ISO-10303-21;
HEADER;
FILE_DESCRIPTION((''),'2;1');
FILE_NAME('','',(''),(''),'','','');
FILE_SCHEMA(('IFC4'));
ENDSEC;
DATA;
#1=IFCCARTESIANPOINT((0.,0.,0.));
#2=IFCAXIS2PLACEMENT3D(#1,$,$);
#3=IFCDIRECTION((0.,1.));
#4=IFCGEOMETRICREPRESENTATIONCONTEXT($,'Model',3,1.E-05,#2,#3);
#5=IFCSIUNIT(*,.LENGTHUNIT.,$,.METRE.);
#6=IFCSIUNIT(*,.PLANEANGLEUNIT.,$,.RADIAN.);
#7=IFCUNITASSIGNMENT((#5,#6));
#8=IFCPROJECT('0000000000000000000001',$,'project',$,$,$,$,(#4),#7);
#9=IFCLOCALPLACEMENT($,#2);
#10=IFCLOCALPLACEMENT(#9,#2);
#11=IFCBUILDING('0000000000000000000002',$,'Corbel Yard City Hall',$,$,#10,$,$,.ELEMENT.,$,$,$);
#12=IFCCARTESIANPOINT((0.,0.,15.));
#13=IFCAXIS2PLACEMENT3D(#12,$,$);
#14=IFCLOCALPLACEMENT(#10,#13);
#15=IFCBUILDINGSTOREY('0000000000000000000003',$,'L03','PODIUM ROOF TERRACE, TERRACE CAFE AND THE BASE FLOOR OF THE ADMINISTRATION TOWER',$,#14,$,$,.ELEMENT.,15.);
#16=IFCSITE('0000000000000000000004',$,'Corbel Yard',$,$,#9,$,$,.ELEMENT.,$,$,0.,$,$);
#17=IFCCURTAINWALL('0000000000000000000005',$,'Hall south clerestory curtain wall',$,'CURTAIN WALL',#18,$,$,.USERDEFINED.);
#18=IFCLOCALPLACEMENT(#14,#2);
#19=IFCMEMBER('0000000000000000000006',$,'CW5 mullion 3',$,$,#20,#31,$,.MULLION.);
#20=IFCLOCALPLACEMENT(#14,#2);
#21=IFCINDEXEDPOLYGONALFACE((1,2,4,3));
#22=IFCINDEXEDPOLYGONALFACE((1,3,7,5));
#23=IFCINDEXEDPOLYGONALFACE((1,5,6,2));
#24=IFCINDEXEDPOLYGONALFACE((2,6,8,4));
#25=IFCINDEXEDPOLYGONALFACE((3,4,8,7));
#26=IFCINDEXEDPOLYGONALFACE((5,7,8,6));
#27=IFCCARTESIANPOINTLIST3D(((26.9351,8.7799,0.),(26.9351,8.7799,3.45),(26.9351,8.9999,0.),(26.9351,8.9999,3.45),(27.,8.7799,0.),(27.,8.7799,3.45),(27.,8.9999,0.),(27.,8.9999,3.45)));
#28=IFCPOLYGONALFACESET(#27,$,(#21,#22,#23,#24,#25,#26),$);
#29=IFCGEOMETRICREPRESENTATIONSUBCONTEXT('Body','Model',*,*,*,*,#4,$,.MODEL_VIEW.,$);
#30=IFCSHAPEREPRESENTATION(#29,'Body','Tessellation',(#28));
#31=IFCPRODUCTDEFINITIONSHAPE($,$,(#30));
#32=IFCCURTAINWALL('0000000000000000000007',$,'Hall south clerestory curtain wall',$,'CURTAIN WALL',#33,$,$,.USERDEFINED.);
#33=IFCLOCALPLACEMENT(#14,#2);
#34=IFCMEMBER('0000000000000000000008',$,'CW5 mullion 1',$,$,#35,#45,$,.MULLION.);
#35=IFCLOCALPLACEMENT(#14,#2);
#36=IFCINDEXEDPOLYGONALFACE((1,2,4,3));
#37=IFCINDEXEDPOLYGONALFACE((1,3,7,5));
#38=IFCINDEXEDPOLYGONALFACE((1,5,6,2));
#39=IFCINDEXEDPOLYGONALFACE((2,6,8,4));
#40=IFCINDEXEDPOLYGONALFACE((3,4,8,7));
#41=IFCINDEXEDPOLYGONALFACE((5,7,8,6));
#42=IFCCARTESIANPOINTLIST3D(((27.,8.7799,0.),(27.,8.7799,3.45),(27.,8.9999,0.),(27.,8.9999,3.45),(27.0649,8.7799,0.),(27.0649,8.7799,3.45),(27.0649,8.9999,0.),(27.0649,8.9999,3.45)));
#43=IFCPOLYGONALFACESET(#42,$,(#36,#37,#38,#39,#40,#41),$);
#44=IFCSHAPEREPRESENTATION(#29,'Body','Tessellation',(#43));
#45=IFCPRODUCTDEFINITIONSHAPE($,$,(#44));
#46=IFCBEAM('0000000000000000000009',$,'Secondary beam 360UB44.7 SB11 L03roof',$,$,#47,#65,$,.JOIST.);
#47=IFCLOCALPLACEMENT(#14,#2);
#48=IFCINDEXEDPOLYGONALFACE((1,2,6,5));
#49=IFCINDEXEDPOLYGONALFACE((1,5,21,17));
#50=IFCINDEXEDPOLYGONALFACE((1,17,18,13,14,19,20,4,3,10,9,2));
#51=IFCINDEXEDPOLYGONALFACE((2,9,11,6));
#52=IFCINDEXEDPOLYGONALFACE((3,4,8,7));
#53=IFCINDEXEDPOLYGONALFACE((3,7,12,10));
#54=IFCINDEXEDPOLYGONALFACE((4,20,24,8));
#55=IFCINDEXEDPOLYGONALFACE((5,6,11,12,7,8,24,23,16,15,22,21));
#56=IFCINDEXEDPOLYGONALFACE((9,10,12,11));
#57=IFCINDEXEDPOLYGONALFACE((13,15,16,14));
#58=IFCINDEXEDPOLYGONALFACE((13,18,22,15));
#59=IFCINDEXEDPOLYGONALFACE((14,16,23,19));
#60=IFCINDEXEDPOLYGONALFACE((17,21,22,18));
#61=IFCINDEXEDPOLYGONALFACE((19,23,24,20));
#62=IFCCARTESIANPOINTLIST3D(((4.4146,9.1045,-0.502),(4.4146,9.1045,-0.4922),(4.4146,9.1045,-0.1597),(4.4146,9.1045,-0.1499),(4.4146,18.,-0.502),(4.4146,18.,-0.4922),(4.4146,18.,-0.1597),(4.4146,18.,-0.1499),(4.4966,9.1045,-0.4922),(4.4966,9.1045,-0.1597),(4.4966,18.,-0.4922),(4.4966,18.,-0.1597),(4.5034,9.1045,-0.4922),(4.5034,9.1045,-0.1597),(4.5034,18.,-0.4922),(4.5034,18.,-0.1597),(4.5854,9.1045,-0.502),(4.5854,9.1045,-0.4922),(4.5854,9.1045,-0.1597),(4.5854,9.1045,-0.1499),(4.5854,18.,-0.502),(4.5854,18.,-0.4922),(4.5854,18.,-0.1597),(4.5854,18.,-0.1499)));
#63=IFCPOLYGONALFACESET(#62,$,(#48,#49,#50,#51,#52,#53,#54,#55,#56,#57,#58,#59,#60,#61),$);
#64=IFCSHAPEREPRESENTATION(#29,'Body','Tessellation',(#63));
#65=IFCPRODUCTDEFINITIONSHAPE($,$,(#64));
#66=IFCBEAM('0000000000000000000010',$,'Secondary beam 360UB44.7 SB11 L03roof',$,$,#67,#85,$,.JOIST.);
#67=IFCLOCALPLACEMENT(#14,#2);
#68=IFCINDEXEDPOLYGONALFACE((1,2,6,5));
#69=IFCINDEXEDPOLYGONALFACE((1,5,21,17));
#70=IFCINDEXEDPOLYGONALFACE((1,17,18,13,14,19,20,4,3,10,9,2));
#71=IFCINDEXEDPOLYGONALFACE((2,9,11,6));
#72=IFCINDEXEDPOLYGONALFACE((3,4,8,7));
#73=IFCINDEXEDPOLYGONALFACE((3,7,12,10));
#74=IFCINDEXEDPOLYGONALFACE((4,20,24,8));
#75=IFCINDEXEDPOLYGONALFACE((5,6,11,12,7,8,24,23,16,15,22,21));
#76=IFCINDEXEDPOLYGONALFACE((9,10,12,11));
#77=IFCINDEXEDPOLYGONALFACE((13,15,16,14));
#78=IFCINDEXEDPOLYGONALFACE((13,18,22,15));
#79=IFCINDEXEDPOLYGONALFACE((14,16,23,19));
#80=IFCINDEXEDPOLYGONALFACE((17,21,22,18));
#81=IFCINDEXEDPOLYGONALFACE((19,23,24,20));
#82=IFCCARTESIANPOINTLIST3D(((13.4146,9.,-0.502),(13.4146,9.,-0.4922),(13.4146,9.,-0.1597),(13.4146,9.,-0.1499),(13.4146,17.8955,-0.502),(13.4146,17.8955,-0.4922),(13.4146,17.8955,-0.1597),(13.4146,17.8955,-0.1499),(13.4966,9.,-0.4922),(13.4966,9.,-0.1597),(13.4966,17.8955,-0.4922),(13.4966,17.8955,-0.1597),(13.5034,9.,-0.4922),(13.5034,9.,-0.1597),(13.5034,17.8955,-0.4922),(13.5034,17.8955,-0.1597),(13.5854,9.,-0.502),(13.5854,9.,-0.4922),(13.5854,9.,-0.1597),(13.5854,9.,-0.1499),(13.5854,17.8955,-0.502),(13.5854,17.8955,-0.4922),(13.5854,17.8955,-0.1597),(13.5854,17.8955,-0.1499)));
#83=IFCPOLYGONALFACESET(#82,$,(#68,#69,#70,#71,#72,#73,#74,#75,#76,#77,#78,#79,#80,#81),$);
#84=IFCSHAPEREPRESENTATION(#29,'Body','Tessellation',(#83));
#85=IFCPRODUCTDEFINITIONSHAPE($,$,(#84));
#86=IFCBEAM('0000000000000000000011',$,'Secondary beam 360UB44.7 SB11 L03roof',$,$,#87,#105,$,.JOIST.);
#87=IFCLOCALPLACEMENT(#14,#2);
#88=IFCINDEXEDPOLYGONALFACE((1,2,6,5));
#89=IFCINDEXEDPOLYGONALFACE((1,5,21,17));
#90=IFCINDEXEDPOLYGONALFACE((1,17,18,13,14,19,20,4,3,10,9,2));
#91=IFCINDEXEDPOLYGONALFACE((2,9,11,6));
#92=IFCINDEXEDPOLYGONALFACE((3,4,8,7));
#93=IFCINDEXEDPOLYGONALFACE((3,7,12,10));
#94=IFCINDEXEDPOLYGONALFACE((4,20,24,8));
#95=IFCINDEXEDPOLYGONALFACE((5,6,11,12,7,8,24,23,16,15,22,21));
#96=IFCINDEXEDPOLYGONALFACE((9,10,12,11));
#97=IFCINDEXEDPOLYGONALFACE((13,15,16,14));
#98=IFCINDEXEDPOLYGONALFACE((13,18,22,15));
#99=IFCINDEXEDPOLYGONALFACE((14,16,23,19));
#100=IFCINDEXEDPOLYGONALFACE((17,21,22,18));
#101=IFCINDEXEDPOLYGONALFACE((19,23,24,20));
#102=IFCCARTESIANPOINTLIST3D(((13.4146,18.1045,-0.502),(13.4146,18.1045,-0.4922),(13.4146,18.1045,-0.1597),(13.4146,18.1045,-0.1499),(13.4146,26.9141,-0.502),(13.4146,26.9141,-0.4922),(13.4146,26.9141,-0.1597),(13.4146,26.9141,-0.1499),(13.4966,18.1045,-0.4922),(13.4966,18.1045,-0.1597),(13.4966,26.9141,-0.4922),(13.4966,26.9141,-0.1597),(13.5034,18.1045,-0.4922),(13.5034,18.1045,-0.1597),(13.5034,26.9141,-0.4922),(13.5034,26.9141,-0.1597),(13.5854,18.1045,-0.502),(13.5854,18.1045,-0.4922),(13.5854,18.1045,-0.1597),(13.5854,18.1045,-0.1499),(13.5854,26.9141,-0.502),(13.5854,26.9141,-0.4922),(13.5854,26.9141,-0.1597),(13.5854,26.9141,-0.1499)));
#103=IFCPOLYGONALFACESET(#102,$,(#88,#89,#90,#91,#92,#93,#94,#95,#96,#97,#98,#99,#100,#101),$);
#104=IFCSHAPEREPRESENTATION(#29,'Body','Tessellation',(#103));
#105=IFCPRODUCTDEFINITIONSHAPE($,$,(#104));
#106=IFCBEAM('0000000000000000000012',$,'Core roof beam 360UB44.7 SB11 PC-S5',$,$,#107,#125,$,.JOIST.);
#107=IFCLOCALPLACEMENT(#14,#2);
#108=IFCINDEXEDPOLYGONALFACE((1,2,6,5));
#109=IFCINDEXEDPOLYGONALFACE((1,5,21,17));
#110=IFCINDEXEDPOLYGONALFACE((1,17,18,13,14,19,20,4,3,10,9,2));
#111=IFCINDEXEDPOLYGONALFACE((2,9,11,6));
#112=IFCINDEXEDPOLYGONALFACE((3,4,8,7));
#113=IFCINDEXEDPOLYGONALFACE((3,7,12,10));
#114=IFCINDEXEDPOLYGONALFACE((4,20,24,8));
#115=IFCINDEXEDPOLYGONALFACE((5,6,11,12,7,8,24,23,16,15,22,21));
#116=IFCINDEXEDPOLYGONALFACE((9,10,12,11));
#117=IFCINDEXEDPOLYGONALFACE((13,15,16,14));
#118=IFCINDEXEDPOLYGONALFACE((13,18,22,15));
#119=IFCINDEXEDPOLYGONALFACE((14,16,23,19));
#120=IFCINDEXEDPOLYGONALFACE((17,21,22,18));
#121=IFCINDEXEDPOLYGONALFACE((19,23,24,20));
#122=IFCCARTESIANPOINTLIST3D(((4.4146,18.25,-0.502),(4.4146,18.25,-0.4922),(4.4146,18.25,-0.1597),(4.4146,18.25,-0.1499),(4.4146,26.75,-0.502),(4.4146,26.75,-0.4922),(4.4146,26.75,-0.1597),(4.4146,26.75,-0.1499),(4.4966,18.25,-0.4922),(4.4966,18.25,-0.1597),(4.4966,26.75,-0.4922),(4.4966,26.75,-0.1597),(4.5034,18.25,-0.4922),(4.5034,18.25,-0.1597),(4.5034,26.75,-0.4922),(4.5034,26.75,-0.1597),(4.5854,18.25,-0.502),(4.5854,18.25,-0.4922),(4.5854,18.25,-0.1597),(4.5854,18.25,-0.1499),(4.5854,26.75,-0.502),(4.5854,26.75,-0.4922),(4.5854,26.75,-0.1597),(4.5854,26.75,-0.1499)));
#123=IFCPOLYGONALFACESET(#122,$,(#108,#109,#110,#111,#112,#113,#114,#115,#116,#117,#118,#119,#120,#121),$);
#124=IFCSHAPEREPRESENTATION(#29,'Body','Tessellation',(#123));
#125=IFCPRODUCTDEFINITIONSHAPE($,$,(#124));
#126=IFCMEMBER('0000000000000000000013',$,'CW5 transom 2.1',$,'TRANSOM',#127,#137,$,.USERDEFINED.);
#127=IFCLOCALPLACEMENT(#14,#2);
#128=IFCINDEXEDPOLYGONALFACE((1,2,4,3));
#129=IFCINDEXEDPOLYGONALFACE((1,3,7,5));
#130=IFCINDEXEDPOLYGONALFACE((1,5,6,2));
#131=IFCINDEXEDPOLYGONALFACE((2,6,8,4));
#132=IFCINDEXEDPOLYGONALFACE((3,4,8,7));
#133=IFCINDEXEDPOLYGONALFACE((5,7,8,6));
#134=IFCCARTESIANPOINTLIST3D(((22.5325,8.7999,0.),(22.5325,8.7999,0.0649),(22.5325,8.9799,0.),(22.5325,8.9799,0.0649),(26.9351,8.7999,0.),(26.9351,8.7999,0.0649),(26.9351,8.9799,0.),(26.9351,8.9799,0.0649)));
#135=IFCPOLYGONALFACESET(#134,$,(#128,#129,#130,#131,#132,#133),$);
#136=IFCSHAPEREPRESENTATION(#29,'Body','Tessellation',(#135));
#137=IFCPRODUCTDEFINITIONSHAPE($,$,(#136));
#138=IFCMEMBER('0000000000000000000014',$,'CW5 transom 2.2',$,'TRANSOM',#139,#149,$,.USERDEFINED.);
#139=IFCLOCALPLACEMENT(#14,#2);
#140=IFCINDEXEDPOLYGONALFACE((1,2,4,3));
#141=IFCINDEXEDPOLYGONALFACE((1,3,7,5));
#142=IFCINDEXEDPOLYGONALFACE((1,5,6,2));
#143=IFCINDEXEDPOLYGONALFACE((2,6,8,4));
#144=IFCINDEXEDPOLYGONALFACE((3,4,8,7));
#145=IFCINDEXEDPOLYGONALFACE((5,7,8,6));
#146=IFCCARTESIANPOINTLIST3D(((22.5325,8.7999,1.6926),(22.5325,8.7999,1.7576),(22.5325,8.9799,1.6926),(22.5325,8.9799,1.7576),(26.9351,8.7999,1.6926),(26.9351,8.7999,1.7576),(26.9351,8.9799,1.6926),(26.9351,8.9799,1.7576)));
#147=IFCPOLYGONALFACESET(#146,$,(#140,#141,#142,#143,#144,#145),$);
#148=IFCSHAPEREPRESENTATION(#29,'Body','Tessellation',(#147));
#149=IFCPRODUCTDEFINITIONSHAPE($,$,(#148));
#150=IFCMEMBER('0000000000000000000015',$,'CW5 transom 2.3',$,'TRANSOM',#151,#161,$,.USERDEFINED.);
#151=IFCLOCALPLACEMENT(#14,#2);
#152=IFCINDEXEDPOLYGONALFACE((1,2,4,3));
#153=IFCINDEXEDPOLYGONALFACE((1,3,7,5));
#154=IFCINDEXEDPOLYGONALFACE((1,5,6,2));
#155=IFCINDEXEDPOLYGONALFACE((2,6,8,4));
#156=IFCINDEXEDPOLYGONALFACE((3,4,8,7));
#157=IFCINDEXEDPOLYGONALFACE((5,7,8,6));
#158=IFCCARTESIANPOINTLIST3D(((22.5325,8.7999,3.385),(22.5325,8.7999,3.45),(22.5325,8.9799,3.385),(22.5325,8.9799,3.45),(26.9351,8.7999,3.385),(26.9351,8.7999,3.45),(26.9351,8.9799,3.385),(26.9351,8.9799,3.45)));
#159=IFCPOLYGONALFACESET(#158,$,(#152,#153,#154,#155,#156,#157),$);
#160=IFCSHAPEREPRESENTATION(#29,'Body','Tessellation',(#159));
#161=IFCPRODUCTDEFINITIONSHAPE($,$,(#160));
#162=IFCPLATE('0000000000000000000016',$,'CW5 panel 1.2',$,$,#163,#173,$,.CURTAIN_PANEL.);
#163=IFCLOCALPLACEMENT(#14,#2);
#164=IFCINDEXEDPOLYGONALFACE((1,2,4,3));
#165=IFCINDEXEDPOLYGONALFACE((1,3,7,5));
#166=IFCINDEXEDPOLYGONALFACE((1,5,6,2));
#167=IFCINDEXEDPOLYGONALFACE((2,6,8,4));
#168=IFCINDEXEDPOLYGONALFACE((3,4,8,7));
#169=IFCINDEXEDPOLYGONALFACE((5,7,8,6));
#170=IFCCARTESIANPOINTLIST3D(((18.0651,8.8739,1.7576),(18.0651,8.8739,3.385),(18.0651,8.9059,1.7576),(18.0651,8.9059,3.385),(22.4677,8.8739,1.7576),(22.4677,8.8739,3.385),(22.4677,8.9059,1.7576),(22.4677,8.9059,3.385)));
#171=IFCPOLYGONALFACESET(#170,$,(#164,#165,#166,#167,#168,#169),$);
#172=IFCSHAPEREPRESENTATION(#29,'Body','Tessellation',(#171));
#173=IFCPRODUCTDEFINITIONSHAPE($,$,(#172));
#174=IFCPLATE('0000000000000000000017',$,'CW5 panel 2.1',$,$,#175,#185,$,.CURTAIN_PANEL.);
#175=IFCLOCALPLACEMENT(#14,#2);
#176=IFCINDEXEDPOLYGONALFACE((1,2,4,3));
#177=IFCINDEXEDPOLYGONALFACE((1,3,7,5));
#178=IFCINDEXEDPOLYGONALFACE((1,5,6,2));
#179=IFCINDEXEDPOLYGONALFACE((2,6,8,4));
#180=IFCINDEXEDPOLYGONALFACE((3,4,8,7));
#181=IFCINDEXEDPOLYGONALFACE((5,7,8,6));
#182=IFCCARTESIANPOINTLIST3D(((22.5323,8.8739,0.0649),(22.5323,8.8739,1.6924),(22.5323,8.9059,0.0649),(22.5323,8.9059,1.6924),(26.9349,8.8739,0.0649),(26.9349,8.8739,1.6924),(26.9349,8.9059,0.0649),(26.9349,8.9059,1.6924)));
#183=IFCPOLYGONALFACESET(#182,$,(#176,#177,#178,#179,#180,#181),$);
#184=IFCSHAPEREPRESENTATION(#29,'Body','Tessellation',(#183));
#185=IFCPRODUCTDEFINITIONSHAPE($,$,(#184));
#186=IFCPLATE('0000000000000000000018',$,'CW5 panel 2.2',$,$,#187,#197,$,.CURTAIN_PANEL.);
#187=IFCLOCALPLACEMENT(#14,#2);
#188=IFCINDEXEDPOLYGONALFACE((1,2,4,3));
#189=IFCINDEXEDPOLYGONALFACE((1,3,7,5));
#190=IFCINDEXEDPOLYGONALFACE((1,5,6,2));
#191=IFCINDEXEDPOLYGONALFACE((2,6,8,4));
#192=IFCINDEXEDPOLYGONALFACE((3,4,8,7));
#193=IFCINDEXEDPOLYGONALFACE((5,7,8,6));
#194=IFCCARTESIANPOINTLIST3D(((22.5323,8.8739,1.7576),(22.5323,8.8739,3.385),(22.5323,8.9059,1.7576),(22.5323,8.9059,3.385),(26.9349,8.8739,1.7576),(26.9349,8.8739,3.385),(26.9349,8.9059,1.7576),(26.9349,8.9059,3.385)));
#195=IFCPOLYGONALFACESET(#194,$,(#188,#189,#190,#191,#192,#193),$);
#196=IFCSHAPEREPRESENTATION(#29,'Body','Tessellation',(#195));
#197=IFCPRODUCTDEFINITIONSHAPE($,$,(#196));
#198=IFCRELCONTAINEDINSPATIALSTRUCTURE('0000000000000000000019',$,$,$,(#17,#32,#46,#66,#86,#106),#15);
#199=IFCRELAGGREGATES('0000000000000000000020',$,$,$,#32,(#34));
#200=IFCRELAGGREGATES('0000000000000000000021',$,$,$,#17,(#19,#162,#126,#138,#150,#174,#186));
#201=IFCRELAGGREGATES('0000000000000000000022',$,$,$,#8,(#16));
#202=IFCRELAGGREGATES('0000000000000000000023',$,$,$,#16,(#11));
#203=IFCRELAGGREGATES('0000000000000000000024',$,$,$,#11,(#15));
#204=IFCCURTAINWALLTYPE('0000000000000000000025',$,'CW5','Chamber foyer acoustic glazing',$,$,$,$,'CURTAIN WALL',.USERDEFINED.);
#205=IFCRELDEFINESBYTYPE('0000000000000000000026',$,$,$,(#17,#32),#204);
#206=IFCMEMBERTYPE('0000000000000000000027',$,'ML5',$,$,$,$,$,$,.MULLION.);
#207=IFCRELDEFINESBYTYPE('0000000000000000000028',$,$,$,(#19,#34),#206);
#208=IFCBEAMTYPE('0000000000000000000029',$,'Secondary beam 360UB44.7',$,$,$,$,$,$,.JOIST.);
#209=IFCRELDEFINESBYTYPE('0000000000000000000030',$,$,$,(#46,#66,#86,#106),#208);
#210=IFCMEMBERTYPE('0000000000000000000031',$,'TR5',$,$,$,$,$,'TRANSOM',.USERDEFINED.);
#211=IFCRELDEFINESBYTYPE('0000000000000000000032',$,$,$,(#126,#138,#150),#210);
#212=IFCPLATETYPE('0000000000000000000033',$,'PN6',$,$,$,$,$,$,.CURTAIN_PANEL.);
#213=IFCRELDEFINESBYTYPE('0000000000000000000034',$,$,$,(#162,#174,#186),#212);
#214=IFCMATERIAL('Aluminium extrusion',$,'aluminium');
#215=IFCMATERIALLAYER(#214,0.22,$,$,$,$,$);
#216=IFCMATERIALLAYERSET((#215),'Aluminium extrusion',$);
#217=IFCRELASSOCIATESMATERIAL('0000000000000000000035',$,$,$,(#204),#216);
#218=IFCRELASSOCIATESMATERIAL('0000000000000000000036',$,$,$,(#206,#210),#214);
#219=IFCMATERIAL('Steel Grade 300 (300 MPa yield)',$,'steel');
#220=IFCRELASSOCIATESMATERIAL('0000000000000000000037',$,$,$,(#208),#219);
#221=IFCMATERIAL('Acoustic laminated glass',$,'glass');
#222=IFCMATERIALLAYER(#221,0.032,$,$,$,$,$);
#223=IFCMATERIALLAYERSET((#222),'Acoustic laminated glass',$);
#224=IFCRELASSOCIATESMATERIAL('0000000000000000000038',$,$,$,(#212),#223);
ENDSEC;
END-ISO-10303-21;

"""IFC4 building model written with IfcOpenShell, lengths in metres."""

from ifc_helpers import new_model, si_unit, direction, frame, origin, origin_2d, place, context, subcontext, project, spatial, rectangle, i_section, extrude, material, layer, layer_set, material_profile, profile_set, type_object, element, aggregate, save


model = new_model("IFC4")

# Units and contexts
model_context = context("Model", 3, precision=1e-05, world=origin(), true_north=direction((0.0, 1.0)))
body_context = subcontext(model_context, "Body", "Model", "MODEL_VIEW")
ifc_project = project(units=[si_unit("LENGTHUNIT", "METRE"), si_unit("PLANEANGLEUNIT", "RADIAN")], contexts=[model_context])

# Site, building, storey
site_placement = place(None, origin())
site = spatial("IfcSite", under=ifc_project, at=site_placement, Name="Corbel Yard", CompositionType="ELEMENT", RefElevation=0.0)
building_placement = place(site_placement, origin())
building = spatial("IfcBuilding", under=site, at=building_placement, Name="Corbel Yard City Hall", CompositionType="ELEMENT")
storey_placement = place(building_placement, frame((0.0, 0.0, 15.0)))
storey = spatial("IfcBuildingStorey", under=building, at=storey_placement, Name="L03", Description="PODIUM ROOF TERRACE, TERRACE CAFE AND THE BASE FLOOR OF THE ADMINISTRATION TOWER", CompositionType="ELEMENT", Elevation=15.0)

# Shared definitions
ifc_material_1 = material(Name="Steel Grade 300 (300 MPa yield)", Category="steel")

# Curtain wall, member
ifc_material_2 = material(Name="Aluminium extrusion", Category="aluminium")
ifc_layer_1 = layer(ifc_material_2, 0.22)
ifc_layer_set_1 = layer_set([ifc_layer_1], Name="Aluminium extrusion")
curtain_wall_type = type_object("IfcCurtainWallType", Name="CW5", Description="Chamber foyer acoustic glazing", ElementType="CURTAIN WALL", PredefinedType="USERDEFINED", material=ifc_layer_set_1)
curtain_wall_1_placement = place(storey_placement, origin())
curtain_wall_1 = element("IfcCurtainWall", 1, at=curtain_wall_1_placement, inside=storey, type_object=curtain_wall_type, Name="Hall south clerestory curtain wall", ObjectType="CURTAIN WALL", PredefinedType="USERDEFINED")
ifc_material_profile_1 = material_profile(ifc_material_2, rectangle(XDim=0.22, YDim=0.0649, at=origin_2d()), Name="220x65")
ifc_profile_set_1 = profile_set([ifc_material_profile_1], Name="Aluminium extrusion")
member_type_1 = type_object("IfcMemberType", Name="ML5", PredefinedType="MULLION", material=ifc_profile_set_1)
member_1_placement = place(storey_placement, frame((26.9675, 8.8899, 0.0), z_axis=(0.0, 0.0, 1.0), x_axis=(0.0, 1.0, 0.0)))
member_1 = element("IfcMember", 2, at=member_1_placement, type_object=member_type_1, Name="CW5 mullion 3", PredefinedType="MULLION", context=body_context, shape_type="SweptSolid", body=[
    extrude(rectangle(XDim=0.22, YDim=0.0649, at=origin_2d()), origin(), (0.0, 0.0, 1.0), 3.45),
])

# Curtain wall, member
curtain_wall_2_placement = place(storey_placement, origin())
curtain_wall_2 = element("IfcCurtainWall", 3, at=curtain_wall_2_placement, inside=storey, type_object=curtain_wall_type, Name="Hall south clerestory curtain wall", ObjectType="CURTAIN WALL", PredefinedType="USERDEFINED")
member_2_placement = place(storey_placement, frame((27.0325, 8.8899, 0.0), z_axis=(0.0, 0.0, 1.0), x_axis=(0.0, 1.0, 0.0)))
member_2 = element("IfcMember", 4, at=member_2_placement, type_object=member_type_1, Name="CW5 mullion 1", PredefinedType="MULLION", context=body_context, shape_type="SweptSolid", body=[
    extrude(rectangle(XDim=0.22, YDim=0.0649, at=origin_2d()), origin(), (0.0, 0.0, 1.0), 3.45),
])
aggregate(curtain_wall_2, [member_2])

# Beams
ifc_material_profile_2 = material_profile(ifc_material_1, i_section(OverallWidth=0.1709, OverallDepth=0.3521, WebThickness=0.0068, FlangeThickness=0.0098, at=origin_2d()), Name="360UB44.7")
ifc_profile_set_2 = profile_set([ifc_material_profile_2], Name="Steel Grade 300 (300 MPa yield)")
beam_type_1 = type_object("IfcBeamType", Name="Secondary beam 360UB44.7", PredefinedType="JOIST", material=ifc_profile_set_2)
for number, where, z_axis, x_axis, name in (
    (5, (4.5, 9.1045, -0.3259), (0.0, 1.0, 0.0), (-1.0, 0.0, 0.0), "Secondary beam 360UB44.7 SB11 L03roof"),
    (6, (13.5, 9.0, -0.3259), (0.0, 1.0, 0.0), (-1.0, 0.0, 0.0), "Secondary beam 360UB44.7 SB11 L03roof"),
):
    element("IfcBeam", number, at=place(storey_placement, frame(where, z_axis=z_axis, x_axis=x_axis)), inside=storey, type_object=beam_type_1, Name=name, PredefinedType="JOIST", context=body_context, shape_type="SweptSolid", body=[
        extrude(i_section(OverallWidth=0.1709, OverallDepth=0.3521, WebThickness=0.0068, FlangeThickness=0.0098, at=origin_2d()), origin(), (0.0, 0.0, 1.0), 8.8955),
    ])
beam_1_placement = place(storey_placement, frame((13.5, 18.1045, -0.3259), z_axis=(0.0, 1.0, 0.0), x_axis=(-1.0, 0.0, 0.0)))
element("IfcBeam", 7, at=beam_1_placement, inside=storey, type_object=beam_type_1, Name="Secondary beam 360UB44.7 SB11 L03roof", PredefinedType="JOIST", context=body_context, shape_type="SweptSolid", body=[
    extrude(i_section(OverallWidth=0.1709, OverallDepth=0.3521, WebThickness=0.0068, FlangeThickness=0.0098, at=origin_2d()), origin(), (0.0, 0.0, 1.0), 8.8096),
])
beam_2_placement = place(storey_placement, frame((4.5, 18.25, -0.3259), z_axis=(0.0, 1.0, 0.0), x_axis=(-1.0, 0.0, 0.0)))
element("IfcBeam", 8, at=beam_2_placement, inside=storey, type_object=beam_type_1, Name="Core roof beam 360UB44.7 SB11 PC-S5", PredefinedType="JOIST", context=body_context, shape_type="SweptSolid", body=[
    extrude(i_section(OverallWidth=0.1709, OverallDepth=0.3521, WebThickness=0.0068, FlangeThickness=0.0098, at=origin_2d()), origin(), (0.0, 0.0, 1.0), 8.5),
])

# Members
ifc_material_profile_3 = material_profile(ifc_material_2, rectangle(XDim=0.1799, YDim=0.0649, at=origin_2d()), Name="180x65")
ifc_profile_set_3 = profile_set([ifc_material_profile_3], Name="Aluminium extrusion")
member_type_2 = type_object("IfcMemberType", Name="TR5", ElementType="TRANSOM", PredefinedType="USERDEFINED", material=ifc_profile_set_3)
member_3_placement = place(storey_placement, frame((22.5325, 8.8899, 0.0325), z_axis=(1.0, 0.0, 0.0), x_axis=(0.0, 1.0, 0.0)))
member_3 = element("IfcMember", 9, at=member_3_placement, type_object=member_type_2, Name="CW5 transom 2.1", ObjectType="TRANSOM", PredefinedType="USERDEFINED", context=body_context, shape_type="SweptSolid", body=[
    extrude(rectangle(XDim=0.1799, YDim=0.0649, at=origin_2d()), origin(), (0.0, 0.0, 1.0), 4.4026),
])
member_4_placement = place(storey_placement, frame((22.5325, 8.8899, 1.7251), z_axis=(1.0, 0.0, 0.0), x_axis=(0.0, 1.0, 0.0)))
member_4 = element("IfcMember", 10, at=member_4_placement, type_object=member_type_2, Name="CW5 transom 2.2", ObjectType="TRANSOM", PredefinedType="USERDEFINED", context=body_context, shape_type="SweptSolid", body=[
    extrude(rectangle(XDim=0.1799, YDim=0.0649, at=origin_2d()), origin(), (0.0, 0.0, 1.0), 4.4026),
])
member_5_placement = place(storey_placement, frame((22.5325, 8.8899, 3.4175), z_axis=(1.0, 0.0, 0.0), x_axis=(0.0, 1.0, 0.0)))
member_5 = element("IfcMember", 11, at=member_5_placement, type_object=member_type_2, Name="CW5 transom 2.3", ObjectType="TRANSOM", PredefinedType="USERDEFINED", context=body_context, shape_type="SweptSolid", body=[
    extrude(rectangle(XDim=0.1799, YDim=0.0649, at=origin_2d()), origin(), (0.0, 0.0, 1.0), 4.4026),
])

# Plates
ifc_material_3 = material(Name="Acoustic laminated glass", Category="glass")
ifc_layer_2 = layer(ifc_material_3, 0.032)
ifc_layer_set_2 = layer_set([ifc_layer_2], Name="Acoustic laminated glass")
plate_type = type_object("IfcPlateType", Name="PN6", PredefinedType="CURTAIN_PANEL", material=ifc_layer_set_2)
plate_1_placement = place(storey_placement, frame((20.2664, 8.8899, 1.7576), z_axis=(0.0, 0.0, 1.0), x_axis=(1.0, 0.0, 0.0)))
plate_1 = element("IfcPlate", 12, at=plate_1_placement, type_object=plate_type, Name="CW5 panel 1.2", PredefinedType="CURTAIN_PANEL", context=body_context, shape_type="SweptSolid", body=[
    extrude(rectangle(XDim=4.4026, YDim=0.032, at=origin_2d()), origin(), (0.0, 0.0, 1.0), 1.6274),
])
plate_2_placement = place(storey_placement, frame((24.7336, 8.8899, 0.0649), z_axis=(0.0, 0.0, 1.0), x_axis=(1.0, 0.0, 0.0)))
plate_2 = element("IfcPlate", 13, at=plate_2_placement, type_object=plate_type, Name="CW5 panel 2.1", PredefinedType="CURTAIN_PANEL", context=body_context, shape_type="SweptSolid", body=[
    extrude(rectangle(XDim=4.4026, YDim=0.032, at=origin_2d()), origin(), (0.0, 0.0, 1.0), 1.6274),
])
plate_3_placement = place(storey_placement, frame((24.7336, 8.8899, 1.7576), z_axis=(0.0, 0.0, 1.0), x_axis=(1.0, 0.0, 0.0)))
plate_3 = element("IfcPlate", 14, at=plate_3_placement, type_object=plate_type, Name="CW5 panel 2.2", PredefinedType="CURTAIN_PANEL", context=body_context, shape_type="SweptSolid", body=[
    extrude(rectangle(XDim=4.4026, YDim=0.032, at=origin_2d()), origin(), (0.0, 0.0, 1.0), 1.6274),
])
aggregate(curtain_wall_1, [member_1, plate_1, member_3, member_4, member_5, plate_2, plate_3])

save(model, "model.ifc")
